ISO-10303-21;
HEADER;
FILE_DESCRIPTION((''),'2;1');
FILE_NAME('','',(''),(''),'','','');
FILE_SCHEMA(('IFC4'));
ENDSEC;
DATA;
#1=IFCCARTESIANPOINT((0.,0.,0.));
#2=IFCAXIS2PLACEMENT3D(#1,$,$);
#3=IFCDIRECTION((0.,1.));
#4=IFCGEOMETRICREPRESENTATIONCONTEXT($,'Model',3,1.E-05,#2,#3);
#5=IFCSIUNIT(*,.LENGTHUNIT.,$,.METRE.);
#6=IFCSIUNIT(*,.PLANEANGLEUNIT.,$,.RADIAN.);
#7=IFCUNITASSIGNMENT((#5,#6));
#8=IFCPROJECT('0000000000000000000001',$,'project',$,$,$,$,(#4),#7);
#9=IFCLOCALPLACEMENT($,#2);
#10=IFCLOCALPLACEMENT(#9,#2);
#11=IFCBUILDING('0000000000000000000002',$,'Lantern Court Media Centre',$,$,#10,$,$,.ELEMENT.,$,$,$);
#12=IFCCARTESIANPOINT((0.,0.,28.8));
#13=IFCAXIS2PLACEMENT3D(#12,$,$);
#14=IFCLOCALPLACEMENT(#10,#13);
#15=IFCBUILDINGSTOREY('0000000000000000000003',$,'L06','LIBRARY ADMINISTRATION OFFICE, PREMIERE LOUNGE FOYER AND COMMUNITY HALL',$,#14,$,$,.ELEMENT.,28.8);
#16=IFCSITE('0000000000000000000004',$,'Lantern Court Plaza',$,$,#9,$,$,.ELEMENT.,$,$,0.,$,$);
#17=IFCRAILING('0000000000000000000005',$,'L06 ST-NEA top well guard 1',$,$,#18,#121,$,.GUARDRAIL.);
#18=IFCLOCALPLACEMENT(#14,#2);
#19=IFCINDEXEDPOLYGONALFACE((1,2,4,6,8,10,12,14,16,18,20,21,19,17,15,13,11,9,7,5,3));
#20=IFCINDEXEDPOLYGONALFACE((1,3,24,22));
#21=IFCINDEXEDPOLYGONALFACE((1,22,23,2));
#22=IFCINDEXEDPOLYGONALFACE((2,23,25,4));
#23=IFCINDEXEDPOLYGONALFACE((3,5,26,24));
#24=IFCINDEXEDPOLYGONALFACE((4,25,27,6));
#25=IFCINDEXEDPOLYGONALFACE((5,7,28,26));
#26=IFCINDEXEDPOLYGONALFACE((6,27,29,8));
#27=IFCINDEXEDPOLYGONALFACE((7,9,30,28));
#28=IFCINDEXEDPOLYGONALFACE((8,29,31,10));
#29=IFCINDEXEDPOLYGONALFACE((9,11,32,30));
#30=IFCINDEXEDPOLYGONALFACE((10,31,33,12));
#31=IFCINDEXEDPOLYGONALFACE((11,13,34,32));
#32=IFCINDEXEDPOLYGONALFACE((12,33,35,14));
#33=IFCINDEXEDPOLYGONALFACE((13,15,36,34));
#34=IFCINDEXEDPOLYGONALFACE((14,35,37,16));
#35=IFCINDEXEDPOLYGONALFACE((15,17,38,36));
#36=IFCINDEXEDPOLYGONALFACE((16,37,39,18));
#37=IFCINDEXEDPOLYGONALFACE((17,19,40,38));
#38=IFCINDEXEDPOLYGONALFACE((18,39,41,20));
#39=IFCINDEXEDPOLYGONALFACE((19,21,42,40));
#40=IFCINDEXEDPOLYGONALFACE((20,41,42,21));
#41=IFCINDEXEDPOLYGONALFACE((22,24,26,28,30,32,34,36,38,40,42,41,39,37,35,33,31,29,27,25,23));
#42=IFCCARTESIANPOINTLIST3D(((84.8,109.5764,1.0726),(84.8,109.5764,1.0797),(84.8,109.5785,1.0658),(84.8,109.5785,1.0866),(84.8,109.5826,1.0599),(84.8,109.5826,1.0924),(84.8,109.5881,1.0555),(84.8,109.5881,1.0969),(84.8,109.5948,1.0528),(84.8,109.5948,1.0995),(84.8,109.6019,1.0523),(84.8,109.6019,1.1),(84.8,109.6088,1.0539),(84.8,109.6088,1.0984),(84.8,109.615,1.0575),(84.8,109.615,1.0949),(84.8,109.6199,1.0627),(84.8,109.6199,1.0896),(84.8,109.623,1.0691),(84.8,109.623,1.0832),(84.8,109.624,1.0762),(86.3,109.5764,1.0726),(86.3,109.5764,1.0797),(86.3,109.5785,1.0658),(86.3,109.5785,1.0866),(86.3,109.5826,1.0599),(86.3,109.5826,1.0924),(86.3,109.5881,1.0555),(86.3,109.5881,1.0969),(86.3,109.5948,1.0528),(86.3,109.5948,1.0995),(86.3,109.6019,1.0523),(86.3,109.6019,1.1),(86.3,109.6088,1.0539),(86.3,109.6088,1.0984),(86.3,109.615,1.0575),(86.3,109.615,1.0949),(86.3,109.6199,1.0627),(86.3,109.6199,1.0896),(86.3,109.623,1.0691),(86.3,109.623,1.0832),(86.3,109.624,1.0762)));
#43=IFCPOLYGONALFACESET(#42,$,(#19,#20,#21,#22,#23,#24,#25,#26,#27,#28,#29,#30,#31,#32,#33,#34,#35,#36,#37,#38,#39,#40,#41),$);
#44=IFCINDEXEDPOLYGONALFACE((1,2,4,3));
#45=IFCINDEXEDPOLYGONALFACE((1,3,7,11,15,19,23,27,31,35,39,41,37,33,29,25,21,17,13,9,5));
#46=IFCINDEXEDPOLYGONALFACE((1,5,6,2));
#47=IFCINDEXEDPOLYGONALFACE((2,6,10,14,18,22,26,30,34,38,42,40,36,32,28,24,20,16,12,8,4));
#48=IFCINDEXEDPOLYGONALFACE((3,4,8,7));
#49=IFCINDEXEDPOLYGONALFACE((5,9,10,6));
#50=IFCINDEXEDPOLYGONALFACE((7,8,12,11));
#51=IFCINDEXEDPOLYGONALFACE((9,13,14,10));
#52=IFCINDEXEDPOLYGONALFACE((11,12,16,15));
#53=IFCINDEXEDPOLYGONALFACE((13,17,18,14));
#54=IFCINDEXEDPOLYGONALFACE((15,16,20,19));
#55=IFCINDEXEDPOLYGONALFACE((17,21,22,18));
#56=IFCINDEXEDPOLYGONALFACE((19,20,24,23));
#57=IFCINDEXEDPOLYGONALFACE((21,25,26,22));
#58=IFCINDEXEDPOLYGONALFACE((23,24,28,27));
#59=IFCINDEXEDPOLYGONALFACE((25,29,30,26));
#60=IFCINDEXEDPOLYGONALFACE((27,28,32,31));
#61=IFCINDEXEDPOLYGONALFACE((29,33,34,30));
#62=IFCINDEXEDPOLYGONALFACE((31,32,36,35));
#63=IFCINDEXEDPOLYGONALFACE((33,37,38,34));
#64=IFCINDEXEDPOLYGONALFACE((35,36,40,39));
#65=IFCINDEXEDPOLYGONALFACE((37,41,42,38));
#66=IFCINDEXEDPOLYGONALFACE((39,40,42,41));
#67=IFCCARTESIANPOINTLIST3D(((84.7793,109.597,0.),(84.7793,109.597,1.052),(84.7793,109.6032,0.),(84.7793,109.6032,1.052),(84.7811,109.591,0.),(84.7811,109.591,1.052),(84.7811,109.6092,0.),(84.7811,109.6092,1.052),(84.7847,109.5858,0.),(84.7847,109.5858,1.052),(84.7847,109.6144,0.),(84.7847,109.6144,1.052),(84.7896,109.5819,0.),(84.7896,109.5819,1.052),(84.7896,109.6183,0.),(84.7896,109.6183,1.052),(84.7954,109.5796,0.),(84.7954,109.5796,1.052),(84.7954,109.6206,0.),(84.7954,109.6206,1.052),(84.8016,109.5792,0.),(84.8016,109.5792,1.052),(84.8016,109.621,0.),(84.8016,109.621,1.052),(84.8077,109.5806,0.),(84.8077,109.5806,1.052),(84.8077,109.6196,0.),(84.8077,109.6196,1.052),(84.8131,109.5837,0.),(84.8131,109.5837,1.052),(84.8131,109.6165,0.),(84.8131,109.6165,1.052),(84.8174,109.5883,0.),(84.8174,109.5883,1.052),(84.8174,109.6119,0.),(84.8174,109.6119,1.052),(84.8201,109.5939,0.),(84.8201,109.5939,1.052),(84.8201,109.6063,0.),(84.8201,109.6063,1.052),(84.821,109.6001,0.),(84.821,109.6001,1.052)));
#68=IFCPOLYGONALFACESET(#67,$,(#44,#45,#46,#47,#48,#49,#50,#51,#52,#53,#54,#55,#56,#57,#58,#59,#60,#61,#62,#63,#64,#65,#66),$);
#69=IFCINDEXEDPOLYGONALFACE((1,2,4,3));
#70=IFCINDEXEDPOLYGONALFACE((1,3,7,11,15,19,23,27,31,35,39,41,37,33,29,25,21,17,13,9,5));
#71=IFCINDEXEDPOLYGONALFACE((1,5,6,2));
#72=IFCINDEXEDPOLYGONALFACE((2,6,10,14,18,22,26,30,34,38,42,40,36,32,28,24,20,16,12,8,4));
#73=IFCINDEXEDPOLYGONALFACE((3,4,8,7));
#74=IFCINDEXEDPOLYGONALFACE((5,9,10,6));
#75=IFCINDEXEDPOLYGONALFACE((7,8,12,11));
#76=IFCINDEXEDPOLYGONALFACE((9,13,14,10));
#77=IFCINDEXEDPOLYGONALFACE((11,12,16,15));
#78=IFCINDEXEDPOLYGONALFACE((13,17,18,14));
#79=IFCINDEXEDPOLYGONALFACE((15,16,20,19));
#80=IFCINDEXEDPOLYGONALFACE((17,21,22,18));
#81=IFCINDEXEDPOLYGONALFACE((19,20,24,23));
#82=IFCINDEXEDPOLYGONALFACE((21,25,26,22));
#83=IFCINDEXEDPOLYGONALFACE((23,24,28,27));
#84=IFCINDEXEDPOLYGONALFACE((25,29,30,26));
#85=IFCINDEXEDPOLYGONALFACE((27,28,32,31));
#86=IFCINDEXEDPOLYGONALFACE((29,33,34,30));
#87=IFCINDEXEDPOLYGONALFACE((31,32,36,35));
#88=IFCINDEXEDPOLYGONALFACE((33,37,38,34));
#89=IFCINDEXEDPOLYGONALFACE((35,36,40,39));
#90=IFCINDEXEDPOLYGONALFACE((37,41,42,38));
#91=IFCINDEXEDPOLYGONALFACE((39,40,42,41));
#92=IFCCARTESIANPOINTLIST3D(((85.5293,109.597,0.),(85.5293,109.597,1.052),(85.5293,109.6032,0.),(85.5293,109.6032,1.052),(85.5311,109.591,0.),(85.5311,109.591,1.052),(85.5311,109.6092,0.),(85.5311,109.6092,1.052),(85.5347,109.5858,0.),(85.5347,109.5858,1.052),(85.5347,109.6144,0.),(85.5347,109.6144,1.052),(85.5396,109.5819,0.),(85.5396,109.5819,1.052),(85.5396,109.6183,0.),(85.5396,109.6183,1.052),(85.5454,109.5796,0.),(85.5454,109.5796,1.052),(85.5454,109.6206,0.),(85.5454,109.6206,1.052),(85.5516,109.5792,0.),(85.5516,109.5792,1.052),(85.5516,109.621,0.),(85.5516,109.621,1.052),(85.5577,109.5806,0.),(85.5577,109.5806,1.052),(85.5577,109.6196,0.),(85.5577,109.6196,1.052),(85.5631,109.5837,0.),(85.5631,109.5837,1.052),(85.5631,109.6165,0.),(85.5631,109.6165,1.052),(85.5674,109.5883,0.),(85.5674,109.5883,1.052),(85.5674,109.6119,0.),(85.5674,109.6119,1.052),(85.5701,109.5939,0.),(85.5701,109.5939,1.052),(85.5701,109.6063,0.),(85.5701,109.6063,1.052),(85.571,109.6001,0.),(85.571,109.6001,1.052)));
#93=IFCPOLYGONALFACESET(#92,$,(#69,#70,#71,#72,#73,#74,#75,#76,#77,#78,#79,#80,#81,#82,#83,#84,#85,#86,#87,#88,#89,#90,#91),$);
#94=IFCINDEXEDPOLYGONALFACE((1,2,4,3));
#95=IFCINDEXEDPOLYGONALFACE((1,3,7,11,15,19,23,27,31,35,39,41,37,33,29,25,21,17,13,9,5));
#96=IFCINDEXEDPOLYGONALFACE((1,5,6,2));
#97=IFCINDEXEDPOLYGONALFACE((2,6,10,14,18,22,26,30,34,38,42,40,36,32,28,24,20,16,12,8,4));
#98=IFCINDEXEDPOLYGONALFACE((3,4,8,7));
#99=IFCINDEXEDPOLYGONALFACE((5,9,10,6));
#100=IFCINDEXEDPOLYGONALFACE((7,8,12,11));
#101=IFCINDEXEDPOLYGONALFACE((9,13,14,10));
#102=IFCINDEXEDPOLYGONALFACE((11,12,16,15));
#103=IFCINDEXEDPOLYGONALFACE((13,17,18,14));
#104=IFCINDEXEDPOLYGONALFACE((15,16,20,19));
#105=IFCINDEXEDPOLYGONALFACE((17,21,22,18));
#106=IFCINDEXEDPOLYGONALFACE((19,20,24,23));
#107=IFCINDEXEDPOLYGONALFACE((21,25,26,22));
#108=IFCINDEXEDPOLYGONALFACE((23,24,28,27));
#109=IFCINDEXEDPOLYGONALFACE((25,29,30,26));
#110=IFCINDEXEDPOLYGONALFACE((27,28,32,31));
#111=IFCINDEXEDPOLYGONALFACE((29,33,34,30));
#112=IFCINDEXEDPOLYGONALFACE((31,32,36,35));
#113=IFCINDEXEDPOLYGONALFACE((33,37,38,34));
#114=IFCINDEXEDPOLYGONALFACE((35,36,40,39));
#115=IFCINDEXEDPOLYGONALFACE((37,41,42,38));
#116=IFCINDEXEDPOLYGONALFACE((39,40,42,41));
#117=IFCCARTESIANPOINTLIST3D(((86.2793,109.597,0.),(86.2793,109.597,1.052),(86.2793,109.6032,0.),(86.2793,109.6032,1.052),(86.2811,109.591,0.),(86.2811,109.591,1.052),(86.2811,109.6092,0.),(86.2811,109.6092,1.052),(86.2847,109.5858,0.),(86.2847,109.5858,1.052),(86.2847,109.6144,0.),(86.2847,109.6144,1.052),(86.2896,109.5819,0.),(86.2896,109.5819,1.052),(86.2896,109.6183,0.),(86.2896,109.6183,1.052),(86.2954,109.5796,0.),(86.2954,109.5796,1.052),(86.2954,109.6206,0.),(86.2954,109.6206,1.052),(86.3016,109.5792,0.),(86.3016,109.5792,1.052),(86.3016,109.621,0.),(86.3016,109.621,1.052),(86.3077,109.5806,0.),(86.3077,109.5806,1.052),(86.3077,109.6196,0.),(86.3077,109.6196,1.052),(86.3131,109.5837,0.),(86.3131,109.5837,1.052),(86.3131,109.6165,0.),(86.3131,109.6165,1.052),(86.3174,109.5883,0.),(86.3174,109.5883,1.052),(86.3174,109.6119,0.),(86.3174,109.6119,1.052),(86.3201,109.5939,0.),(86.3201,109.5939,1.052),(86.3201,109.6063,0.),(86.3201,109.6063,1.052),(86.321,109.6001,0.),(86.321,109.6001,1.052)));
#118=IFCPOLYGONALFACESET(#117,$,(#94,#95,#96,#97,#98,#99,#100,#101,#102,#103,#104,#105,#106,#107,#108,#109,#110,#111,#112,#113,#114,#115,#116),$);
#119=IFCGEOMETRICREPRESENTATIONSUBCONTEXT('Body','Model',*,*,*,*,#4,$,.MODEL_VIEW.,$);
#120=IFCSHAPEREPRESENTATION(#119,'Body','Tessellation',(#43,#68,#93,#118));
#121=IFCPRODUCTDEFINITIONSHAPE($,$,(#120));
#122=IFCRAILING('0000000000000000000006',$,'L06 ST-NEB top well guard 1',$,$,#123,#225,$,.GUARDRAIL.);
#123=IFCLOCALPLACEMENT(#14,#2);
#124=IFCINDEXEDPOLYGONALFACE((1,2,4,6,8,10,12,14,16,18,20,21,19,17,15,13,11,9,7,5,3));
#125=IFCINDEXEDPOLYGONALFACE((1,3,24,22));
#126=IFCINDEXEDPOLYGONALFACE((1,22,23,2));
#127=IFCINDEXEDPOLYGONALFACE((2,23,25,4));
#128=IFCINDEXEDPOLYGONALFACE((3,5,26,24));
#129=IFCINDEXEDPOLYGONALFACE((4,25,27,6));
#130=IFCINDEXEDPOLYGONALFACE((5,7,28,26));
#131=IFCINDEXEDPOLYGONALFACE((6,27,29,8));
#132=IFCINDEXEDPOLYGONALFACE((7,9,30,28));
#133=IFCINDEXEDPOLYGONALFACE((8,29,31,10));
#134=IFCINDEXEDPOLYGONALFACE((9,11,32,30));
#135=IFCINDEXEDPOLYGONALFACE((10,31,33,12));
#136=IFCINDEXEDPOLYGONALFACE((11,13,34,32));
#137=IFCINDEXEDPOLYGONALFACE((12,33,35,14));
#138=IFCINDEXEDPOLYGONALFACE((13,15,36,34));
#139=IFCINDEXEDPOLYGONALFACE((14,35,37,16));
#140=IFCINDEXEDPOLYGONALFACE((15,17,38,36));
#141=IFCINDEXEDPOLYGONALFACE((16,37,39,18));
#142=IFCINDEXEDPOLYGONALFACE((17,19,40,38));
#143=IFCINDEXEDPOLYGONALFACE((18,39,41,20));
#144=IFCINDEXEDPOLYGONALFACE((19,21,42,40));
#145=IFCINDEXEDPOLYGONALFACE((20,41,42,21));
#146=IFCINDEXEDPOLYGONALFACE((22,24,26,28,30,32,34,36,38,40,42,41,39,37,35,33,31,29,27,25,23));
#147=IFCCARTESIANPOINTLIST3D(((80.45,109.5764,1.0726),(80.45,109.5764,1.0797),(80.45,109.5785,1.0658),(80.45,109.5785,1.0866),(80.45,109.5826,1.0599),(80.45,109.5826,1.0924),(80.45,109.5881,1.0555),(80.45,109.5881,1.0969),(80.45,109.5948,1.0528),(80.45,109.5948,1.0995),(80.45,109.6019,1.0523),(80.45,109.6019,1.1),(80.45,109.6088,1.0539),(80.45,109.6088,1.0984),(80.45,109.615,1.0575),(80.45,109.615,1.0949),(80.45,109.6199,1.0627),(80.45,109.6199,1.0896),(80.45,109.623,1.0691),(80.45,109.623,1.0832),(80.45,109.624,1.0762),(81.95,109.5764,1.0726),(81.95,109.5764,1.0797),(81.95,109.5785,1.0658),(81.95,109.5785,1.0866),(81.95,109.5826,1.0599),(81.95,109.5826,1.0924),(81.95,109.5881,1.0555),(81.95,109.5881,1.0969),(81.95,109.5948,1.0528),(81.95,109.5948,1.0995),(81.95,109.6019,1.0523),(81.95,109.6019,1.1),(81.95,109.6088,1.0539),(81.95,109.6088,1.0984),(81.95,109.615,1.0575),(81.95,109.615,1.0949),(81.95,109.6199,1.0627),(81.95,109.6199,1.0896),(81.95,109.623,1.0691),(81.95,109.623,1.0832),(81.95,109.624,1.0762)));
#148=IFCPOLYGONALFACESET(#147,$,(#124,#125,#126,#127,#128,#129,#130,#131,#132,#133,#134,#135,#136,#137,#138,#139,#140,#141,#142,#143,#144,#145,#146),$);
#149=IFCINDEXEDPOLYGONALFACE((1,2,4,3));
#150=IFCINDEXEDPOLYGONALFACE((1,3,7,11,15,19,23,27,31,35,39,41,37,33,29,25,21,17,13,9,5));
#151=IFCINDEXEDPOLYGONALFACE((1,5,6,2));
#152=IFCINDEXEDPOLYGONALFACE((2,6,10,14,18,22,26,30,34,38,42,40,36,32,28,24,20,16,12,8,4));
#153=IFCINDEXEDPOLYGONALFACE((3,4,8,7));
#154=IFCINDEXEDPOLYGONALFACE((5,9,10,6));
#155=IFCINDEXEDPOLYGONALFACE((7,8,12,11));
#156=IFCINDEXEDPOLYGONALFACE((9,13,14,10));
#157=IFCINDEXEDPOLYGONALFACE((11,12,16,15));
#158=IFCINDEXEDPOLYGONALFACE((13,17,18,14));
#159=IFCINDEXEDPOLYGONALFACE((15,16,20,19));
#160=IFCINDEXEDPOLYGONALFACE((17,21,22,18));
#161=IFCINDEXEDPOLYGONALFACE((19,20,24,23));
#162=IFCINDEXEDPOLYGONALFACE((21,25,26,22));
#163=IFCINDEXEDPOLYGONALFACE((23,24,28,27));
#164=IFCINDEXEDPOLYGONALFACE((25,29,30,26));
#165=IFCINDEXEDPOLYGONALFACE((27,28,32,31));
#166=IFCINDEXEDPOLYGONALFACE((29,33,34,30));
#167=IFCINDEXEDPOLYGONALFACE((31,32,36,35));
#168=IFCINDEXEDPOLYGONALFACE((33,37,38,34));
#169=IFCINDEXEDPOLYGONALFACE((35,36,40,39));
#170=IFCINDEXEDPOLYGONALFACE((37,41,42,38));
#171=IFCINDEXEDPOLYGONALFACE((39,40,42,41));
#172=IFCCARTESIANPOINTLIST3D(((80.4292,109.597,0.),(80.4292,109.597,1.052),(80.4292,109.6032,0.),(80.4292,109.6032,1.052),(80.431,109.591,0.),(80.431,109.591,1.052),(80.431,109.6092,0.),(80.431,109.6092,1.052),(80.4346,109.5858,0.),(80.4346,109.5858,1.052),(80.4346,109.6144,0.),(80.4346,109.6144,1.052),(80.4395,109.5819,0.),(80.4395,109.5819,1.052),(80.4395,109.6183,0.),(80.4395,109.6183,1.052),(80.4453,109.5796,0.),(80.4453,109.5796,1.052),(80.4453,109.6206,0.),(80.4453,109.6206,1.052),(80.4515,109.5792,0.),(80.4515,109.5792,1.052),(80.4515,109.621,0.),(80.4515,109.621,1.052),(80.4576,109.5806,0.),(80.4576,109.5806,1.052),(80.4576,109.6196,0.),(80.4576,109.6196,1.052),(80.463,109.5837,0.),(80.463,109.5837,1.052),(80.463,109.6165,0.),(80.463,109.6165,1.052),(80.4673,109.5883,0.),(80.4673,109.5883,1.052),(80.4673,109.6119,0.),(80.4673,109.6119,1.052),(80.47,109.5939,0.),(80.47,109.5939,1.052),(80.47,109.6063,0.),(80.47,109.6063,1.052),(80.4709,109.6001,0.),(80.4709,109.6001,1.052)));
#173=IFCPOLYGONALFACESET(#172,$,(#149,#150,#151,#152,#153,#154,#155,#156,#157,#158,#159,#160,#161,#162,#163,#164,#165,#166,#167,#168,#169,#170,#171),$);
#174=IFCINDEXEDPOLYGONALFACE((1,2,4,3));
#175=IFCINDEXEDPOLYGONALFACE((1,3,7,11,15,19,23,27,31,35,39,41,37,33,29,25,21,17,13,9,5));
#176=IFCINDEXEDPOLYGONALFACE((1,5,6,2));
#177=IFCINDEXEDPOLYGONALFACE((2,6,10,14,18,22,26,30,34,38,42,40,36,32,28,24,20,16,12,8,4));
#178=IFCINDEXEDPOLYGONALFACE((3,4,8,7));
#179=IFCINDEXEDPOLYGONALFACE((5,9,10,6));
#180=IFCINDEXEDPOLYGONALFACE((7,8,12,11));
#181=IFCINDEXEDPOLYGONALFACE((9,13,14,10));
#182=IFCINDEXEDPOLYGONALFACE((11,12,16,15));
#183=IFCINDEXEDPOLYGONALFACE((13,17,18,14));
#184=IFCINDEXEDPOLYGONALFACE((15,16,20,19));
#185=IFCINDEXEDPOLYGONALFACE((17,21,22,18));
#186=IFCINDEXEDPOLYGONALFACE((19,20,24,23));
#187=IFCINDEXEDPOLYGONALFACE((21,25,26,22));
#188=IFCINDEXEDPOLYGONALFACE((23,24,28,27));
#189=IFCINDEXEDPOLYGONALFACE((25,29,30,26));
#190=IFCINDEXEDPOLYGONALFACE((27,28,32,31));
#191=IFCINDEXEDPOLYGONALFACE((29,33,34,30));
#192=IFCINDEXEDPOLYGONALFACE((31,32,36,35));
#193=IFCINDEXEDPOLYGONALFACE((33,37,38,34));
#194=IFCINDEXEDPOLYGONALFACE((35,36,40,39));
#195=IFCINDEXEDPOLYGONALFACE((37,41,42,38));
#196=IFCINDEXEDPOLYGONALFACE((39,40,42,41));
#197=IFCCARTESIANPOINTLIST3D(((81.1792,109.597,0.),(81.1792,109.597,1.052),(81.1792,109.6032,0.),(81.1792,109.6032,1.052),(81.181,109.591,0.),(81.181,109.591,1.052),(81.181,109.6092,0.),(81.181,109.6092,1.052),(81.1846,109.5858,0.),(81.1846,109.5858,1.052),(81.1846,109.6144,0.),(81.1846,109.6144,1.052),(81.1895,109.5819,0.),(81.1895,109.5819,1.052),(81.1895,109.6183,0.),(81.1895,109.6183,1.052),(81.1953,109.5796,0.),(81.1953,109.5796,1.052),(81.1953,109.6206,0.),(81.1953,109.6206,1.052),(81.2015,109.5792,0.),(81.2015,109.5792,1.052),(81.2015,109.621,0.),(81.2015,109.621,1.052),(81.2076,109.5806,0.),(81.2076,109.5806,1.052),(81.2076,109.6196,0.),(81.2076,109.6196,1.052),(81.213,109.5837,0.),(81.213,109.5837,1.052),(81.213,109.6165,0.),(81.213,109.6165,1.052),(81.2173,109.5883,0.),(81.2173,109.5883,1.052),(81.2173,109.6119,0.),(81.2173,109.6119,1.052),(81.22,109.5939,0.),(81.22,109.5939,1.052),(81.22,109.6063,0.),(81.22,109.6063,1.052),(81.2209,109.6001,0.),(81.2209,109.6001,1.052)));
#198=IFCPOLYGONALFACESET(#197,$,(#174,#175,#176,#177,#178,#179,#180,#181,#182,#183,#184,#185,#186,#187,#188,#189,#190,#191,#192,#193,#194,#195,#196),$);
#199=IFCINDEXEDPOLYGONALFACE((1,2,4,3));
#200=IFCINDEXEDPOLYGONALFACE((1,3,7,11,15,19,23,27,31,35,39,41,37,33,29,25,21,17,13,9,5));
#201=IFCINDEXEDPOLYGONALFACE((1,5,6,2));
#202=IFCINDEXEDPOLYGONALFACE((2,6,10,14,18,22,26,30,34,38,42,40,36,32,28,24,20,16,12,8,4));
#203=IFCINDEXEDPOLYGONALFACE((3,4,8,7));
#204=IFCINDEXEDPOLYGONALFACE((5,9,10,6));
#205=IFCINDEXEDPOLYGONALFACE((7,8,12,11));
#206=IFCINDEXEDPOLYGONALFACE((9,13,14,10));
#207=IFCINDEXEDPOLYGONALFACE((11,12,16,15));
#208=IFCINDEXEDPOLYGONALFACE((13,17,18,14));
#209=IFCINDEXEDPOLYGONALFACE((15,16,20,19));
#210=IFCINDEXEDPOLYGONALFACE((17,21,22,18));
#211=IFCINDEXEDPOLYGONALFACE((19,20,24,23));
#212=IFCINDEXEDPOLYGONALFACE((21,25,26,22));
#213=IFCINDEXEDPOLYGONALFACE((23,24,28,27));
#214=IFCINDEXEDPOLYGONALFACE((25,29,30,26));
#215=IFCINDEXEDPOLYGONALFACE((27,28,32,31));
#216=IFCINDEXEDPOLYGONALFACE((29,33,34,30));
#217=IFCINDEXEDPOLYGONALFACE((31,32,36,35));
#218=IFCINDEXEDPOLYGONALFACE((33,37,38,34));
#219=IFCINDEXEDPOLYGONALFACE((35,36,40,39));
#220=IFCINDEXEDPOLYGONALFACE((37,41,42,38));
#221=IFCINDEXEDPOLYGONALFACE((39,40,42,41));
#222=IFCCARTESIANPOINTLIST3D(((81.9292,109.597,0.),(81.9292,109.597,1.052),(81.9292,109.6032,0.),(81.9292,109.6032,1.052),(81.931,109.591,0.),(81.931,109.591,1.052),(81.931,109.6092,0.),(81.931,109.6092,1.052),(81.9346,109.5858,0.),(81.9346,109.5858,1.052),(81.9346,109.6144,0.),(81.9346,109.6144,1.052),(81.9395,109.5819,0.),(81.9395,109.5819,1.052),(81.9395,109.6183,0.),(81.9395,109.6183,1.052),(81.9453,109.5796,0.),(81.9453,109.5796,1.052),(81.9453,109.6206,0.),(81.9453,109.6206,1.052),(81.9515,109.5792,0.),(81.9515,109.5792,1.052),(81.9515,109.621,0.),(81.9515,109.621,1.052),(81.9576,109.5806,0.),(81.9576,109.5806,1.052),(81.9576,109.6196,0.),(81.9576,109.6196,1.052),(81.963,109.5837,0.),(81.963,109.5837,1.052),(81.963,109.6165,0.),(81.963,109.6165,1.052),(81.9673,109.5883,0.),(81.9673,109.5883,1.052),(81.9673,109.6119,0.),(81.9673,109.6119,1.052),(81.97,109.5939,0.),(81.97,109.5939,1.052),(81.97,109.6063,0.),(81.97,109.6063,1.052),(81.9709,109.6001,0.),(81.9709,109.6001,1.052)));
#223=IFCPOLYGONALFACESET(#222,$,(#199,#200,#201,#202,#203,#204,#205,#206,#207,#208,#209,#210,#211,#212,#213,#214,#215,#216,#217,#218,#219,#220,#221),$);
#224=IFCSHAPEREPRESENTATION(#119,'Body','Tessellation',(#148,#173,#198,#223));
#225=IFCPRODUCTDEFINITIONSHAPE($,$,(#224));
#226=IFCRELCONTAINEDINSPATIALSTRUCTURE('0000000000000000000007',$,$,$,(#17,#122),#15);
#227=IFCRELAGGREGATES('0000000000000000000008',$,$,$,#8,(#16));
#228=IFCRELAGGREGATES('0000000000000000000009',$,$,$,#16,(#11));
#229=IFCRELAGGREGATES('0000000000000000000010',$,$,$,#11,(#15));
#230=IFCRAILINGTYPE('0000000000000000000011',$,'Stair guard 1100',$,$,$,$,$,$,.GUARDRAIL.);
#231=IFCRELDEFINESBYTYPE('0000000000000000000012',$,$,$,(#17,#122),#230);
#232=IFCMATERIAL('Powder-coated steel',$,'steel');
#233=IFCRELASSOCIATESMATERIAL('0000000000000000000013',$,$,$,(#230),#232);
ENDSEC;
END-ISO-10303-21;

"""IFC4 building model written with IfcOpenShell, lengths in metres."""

from ifc_helpers import new_model, si_unit, direction, frame, origin, origin_2d, place, context, subcontext, project, spatial, circle, extrude, material, type_object, element, save


model = new_model("IFC4")

# Units and contexts
model_context = context("Model", 3, precision=1e-05, world=origin(), true_north=direction((0.0, 1.0)))
body_context = subcontext(model_context, "Body", "Model", "MODEL_VIEW")
ifc_project = project(units=[si_unit("LENGTHUNIT", "METRE"), si_unit("PLANEANGLEUNIT", "RADIAN")], contexts=[model_context])

# Site, building, storey
site_placement = place(None, origin())
site = spatial("IfcSite", under=ifc_project, at=site_placement, Name="Lantern Court Plaza", CompositionType="ELEMENT", RefElevation=0.0)
building_placement = place(site_placement, origin())
building = spatial("IfcBuilding", under=site, at=building_placement, Name="Lantern Court Media Centre", CompositionType="ELEMENT")
storey_placement = place(building_placement, frame((0.0, 0.0, 28.8)))
storey = spatial("IfcBuildingStorey", under=building, at=storey_placement, Name="L06", Description="LIBRARY ADMINISTRATION OFFICE, PREMIERE LOUNGE FOYER AND COMMUNITY HALL", CompositionType="ELEMENT", Elevation=28.8)

# Shared definitions
ifc_material_1 = material(Name="Powder-coated steel", Category="steel")

# Railings
railing_type_1 = type_object("IfcRailingType", Name="Stair guard 1100", PredefinedType="GUARDRAIL", material=ifc_material_1)
for number, where, name in (
    (1, (84.8, 109.6001, 0.0), "L06 ST-NEA top well guard 1"),
    (2, (80.45, 109.6001, 0.0), "L06 ST-NEB top well guard 1"),
):
    element("IfcRailing", number, at=place(storey_placement, frame(where)), inside=storey, type_object=railing_type_1, Name=name, PredefinedType="GUARDRAIL", context=body_context, shape_type="SweptSolid", body=[
        extrude(circle(Radius=0.0239, at=origin_2d()), frame((0.0, 0.0, 1.0762), z_axis=(1.0, 0.0, 0.0), x_axis=(0.0, 1.0, 0.0)), (0.0, 0.0, 1.0), 1.5),
        extrude(circle(Radius=0.021, at=origin_2d()), origin(), (0.0, 0.0, 1.0), 1.052),
        extrude(circle(Radius=0.021, at=origin_2d()), frame((0.75, 0.0, 0.0)), (0.0, 0.0, 1.0), 1.052),
        extrude(circle(Radius=0.021, at=origin_2d()), frame((1.5, 0.0, 0.0)), (0.0, 0.0, 1.0), 1.052),
    ])

save(model, "model.ifc")
